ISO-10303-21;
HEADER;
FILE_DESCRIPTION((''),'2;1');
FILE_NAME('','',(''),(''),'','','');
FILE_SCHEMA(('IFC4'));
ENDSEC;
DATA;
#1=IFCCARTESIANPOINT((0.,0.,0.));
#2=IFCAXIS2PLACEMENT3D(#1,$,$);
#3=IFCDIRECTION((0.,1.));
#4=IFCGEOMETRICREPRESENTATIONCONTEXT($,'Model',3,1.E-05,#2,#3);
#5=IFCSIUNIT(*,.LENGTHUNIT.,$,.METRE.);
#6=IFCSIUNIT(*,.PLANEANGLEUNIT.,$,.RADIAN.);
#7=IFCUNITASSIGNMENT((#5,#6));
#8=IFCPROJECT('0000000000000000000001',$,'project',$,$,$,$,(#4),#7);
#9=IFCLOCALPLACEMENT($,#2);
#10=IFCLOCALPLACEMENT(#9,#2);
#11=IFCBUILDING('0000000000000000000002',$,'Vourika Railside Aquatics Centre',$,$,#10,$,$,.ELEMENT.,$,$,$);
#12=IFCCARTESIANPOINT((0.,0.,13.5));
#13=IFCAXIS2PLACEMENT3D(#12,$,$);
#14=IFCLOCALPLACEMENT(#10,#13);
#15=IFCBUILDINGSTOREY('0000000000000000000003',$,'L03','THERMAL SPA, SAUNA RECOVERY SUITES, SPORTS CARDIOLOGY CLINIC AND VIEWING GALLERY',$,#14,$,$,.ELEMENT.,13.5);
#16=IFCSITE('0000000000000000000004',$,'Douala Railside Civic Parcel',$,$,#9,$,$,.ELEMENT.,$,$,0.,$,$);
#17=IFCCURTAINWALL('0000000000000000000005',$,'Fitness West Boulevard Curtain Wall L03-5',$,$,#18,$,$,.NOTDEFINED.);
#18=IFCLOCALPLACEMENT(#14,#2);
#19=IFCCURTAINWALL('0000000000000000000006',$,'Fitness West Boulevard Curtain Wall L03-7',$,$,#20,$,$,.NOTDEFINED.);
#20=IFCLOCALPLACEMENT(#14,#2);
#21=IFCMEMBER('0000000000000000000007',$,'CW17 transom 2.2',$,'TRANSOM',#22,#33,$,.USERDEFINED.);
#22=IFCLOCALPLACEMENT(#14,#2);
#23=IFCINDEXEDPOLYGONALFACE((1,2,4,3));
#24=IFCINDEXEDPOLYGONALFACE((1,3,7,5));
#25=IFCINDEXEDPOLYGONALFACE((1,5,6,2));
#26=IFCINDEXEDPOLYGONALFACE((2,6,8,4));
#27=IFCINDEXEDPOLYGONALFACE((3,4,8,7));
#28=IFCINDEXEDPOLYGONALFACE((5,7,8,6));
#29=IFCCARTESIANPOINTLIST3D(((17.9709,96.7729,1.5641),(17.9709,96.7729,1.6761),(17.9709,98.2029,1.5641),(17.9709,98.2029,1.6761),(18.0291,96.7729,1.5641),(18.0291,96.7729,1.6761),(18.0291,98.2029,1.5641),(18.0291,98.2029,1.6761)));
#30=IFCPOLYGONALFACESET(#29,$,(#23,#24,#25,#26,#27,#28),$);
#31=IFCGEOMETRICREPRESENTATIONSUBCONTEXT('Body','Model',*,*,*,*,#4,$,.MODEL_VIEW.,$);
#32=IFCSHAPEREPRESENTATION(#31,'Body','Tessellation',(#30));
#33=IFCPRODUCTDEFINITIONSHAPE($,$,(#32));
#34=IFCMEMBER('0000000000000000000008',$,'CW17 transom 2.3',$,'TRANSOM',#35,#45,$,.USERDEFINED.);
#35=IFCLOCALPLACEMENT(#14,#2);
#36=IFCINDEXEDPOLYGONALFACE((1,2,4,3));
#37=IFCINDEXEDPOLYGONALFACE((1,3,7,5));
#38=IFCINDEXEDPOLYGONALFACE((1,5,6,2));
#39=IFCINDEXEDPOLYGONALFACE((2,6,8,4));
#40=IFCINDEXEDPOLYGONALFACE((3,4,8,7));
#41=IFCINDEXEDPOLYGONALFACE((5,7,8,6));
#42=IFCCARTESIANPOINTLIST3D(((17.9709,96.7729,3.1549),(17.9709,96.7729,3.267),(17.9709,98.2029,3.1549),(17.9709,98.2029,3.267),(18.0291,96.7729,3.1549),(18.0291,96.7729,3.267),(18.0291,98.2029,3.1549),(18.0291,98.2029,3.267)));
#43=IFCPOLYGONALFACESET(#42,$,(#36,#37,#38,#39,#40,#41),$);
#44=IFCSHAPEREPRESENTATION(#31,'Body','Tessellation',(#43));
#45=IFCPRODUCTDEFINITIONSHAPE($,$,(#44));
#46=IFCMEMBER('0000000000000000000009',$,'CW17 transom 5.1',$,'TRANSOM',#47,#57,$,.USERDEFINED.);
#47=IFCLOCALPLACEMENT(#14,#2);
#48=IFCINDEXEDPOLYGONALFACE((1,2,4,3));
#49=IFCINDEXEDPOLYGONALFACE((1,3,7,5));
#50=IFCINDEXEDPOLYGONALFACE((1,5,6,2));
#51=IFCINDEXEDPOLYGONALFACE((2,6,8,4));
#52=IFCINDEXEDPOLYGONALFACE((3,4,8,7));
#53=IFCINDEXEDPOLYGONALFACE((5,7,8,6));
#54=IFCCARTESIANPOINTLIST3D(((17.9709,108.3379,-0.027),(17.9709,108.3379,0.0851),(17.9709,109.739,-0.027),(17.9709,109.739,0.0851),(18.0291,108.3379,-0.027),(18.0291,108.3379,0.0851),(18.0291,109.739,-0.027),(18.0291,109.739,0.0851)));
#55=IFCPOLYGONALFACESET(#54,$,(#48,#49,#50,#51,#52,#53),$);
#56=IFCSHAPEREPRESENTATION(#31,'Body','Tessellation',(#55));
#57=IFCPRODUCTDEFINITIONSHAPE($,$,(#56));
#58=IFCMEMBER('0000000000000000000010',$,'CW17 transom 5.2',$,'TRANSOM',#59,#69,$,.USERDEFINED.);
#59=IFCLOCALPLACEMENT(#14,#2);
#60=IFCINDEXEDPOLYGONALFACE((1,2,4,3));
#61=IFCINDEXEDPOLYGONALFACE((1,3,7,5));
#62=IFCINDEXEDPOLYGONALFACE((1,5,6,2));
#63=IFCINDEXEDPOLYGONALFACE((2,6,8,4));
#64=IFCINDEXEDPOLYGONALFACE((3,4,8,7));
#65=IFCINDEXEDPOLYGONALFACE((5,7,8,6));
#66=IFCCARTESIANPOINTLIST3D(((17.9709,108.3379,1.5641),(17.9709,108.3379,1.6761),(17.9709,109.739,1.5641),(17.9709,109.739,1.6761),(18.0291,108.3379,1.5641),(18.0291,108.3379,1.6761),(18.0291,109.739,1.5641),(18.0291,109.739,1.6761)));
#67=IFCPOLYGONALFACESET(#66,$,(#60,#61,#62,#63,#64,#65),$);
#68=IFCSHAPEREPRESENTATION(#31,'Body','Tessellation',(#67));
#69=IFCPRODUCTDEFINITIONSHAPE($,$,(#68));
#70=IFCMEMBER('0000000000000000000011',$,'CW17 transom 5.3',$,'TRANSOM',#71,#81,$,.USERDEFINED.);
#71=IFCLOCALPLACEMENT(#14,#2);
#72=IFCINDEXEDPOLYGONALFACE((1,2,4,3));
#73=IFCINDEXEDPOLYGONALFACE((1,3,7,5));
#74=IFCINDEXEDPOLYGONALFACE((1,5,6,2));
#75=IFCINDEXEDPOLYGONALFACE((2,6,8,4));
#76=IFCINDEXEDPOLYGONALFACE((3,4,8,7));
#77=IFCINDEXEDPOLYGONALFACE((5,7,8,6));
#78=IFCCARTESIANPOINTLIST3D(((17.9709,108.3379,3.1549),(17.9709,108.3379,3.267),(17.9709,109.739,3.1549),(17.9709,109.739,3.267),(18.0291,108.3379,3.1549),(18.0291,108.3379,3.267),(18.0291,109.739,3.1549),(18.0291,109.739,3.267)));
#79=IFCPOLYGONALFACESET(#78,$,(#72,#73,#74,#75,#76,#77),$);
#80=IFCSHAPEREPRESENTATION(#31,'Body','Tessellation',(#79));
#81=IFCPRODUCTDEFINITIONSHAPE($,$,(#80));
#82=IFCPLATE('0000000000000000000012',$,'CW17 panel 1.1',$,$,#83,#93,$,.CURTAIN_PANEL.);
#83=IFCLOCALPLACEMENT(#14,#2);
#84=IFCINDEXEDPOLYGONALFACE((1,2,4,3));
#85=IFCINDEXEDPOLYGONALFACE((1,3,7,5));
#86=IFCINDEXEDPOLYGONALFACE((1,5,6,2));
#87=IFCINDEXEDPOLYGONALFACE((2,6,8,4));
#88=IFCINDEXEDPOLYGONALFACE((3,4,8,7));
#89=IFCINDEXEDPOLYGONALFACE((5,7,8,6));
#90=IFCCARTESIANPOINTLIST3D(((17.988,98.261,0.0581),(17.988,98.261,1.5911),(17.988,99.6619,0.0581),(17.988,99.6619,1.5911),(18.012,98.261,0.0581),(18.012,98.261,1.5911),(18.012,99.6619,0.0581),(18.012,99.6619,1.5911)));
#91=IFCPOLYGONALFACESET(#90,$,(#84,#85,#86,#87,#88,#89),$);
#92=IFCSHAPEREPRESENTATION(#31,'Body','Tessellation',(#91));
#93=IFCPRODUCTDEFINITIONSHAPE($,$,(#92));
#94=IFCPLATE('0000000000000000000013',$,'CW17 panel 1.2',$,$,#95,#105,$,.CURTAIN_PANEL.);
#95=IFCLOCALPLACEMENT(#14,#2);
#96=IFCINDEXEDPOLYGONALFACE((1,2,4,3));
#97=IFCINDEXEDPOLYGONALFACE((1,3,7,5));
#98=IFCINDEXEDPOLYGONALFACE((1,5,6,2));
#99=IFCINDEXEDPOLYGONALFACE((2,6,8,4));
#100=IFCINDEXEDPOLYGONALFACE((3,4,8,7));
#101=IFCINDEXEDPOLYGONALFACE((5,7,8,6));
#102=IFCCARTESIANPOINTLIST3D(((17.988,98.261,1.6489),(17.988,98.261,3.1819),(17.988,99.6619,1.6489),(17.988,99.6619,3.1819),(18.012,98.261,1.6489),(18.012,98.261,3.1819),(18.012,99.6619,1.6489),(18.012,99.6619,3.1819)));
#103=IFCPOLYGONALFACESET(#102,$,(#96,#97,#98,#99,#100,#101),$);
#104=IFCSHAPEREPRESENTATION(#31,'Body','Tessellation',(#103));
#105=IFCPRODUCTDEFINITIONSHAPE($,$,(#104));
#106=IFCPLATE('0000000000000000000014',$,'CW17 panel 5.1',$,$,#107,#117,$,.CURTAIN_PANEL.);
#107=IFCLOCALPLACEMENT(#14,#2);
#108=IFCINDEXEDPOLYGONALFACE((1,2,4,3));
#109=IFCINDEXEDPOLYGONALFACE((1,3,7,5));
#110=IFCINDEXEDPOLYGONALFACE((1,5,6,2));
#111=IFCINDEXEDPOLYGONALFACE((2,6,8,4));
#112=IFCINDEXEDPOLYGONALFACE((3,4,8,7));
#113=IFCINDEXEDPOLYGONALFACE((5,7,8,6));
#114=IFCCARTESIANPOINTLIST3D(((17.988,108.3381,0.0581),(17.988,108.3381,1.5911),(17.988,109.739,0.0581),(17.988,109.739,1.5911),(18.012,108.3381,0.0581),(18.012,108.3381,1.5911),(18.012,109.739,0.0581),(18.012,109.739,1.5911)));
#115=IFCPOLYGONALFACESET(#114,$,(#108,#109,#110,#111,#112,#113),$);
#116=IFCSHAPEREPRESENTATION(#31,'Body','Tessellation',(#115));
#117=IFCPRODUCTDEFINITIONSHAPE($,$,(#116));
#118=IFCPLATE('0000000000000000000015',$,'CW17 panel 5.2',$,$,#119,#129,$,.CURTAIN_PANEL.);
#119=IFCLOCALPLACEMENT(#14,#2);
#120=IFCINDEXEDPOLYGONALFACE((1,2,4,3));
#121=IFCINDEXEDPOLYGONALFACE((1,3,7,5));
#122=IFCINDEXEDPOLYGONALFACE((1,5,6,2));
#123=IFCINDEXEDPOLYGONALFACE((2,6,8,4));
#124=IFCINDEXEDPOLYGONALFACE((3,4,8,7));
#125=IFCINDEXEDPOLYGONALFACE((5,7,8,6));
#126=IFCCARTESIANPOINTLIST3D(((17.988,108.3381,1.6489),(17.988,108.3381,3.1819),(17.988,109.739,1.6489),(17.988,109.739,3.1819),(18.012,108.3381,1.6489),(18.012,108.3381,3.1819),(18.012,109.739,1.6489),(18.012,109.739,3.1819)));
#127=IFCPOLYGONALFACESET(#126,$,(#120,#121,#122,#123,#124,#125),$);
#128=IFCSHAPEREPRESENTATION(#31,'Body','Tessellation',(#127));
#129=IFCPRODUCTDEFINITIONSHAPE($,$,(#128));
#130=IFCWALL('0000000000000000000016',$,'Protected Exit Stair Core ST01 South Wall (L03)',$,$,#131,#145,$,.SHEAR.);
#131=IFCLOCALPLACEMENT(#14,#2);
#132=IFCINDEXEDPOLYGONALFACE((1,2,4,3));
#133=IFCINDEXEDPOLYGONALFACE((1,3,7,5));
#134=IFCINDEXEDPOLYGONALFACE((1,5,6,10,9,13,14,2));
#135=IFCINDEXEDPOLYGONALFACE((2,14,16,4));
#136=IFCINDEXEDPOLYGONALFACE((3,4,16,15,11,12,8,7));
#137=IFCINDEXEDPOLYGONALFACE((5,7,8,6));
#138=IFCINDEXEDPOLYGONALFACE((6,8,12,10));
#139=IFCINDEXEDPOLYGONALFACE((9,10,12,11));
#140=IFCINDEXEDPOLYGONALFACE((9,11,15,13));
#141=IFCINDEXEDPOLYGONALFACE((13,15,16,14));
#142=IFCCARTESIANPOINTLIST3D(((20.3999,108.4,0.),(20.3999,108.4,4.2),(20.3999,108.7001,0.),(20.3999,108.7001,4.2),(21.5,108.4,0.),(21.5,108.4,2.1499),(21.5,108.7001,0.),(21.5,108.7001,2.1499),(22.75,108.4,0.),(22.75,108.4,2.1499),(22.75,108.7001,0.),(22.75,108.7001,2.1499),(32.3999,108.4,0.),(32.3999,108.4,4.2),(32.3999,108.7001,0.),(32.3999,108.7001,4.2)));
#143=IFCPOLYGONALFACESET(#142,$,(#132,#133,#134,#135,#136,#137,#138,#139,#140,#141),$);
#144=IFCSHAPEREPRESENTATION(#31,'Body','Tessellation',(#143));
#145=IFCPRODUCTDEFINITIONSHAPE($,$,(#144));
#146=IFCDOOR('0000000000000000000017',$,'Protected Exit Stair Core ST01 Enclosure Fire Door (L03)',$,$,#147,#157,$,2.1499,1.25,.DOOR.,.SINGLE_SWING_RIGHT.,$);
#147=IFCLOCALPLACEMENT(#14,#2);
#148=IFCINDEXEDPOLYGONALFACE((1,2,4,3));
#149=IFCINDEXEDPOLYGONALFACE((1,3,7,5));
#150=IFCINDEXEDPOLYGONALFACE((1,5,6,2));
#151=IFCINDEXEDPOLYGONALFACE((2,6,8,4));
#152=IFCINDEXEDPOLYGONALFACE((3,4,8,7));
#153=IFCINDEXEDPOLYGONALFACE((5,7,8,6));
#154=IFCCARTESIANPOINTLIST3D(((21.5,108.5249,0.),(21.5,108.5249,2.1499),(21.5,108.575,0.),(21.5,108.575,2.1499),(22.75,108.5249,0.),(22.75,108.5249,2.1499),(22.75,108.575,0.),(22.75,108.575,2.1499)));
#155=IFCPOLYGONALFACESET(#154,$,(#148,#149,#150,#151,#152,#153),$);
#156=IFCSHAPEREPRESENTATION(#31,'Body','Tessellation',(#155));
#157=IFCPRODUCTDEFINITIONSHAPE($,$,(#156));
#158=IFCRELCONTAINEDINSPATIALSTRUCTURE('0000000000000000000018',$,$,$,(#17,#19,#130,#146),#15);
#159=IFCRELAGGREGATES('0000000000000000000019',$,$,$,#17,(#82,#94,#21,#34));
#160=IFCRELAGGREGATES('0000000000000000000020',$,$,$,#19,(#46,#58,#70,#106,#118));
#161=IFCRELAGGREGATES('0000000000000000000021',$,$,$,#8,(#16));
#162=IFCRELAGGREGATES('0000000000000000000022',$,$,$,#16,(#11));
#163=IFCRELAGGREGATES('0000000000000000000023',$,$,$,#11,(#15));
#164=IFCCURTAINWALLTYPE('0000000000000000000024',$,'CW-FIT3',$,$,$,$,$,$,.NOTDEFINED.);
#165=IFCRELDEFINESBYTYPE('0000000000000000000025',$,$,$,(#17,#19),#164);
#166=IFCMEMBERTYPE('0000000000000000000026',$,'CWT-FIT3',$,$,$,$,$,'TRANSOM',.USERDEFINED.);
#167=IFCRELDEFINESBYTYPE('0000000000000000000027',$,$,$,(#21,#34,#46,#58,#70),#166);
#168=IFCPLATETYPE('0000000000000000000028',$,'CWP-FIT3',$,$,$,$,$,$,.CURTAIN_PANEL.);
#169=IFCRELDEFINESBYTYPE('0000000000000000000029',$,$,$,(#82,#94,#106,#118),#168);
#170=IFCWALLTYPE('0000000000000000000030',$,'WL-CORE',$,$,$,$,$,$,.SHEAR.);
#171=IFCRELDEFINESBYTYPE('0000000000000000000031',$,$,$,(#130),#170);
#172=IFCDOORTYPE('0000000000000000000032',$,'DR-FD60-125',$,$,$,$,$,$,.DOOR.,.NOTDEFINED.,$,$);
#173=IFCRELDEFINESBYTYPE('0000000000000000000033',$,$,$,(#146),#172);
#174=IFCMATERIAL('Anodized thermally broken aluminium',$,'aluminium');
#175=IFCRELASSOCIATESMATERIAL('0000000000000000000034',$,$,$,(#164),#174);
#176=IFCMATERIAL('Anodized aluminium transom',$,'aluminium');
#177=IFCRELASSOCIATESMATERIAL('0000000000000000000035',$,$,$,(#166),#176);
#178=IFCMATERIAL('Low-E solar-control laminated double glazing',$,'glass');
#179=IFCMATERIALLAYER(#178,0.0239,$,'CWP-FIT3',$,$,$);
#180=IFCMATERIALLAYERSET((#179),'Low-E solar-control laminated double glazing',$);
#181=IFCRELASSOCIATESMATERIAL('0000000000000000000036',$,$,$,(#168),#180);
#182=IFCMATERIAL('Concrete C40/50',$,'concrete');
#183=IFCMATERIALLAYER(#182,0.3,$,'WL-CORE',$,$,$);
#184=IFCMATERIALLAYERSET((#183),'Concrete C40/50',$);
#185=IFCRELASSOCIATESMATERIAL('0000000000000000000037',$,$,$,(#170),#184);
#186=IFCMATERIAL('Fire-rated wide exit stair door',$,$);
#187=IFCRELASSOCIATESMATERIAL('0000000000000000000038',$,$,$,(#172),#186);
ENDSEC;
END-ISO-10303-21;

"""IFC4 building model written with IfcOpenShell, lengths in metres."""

from ifc_helpers import new_model, si_unit, direction, frame, frame_2d, origin, origin_2d, place, context, subcontext, project, spatial, rectangle, extrude, material, layer, layer_set, material_profile, profile_set, type_object, element, fill, aggregate, save


model = new_model("IFC4")

# Units and contexts
model_context = context("Model", 3, precision=1e-05, world=origin(), true_north=direction((0.0, 1.0)))
body_context = subcontext(model_context, "Body", "Model", "MODEL_VIEW")
ifc_project = project(units=[si_unit("LENGTHUNIT", "METRE"), si_unit("PLANEANGLEUNIT", "RADIAN")], contexts=[model_context])

# Site, building, storey
site_placement = place(None, origin())
site = spatial("IfcSite", under=ifc_project, at=site_placement, Name="Douala Railside Civic Parcel", CompositionType="ELEMENT", RefElevation=0.0)
building_placement = place(site_placement, origin())
building = spatial("IfcBuilding", under=site, at=building_placement, Name="Vourika Railside Aquatics Centre", CompositionType="ELEMENT")
storey_placement = place(building_placement, frame((0.0, 0.0, 13.5)))
storey = spatial("IfcBuildingStorey", under=building, at=storey_placement, Name="L03", Description="THERMAL SPA, SAUNA RECOVERY SUITES, SPORTS CARDIOLOGY CLINIC AND VIEWING GALLERY", CompositionType="ELEMENT", Elevation=13.5)

# Curtain walls
ifc_material_1 = material(Name="Anodized thermally broken aluminium", Category="aluminium")
curtain_wall_type = type_object("IfcCurtainWallType", Name="CW-FIT3", PredefinedType="NOTDEFINED", material=ifc_material_1)
curtain_wall_1_placement = place(storey_placement, origin())
curtain_wall_1 = element("IfcCurtainWall", 1, at=curtain_wall_1_placement, inside=storey, type_object=curtain_wall_type, Name="Fitness West Boulevard Curtain Wall L03-5", PredefinedType="NOTDEFINED")
curtain_wall_2_placement = place(storey_placement, origin())
curtain_wall_2 = element("IfcCurtainWall", 2, at=curtain_wall_2_placement, inside=storey, type_object=curtain_wall_type, Name="Fitness West Boulevard Curtain Wall L03-7", PredefinedType="NOTDEFINED")

# Members
ifc_material_2 = material(Name="Anodized aluminium transom", Category="aluminium")
ifc_material_profile_1 = material_profile(ifc_material_2, rectangle(XDim=0.0581, YDim=0.1121, at=origin_2d()), Name="ALU-T 58x112")
ifc_profile_set_1 = profile_set([ifc_material_profile_1], Name="Anodized aluminium transom")
member_type_1 = type_object("IfcMemberType", Name="CWT-FIT3", ElementType="TRANSOM", PredefinedType="USERDEFINED", material=ifc_profile_set_1)
member_1_placement = place(storey_placement, frame((18.0, 98.2029, 1.6201), z_axis=(0.0, -1.0, 0.0), x_axis=(1.0, 0.0, 0.0)))
member_1 = element("IfcMember", 3, at=member_1_placement, type_object=member_type_1, Name="CW17 transom 2.2", ObjectType="TRANSOM", PredefinedType="USERDEFINED", context=body_context, shape_type="SweptSolid", body=[
    extrude(rectangle(XDim=0.0581, YDim=0.1121, at=origin_2d()), origin(), (0.0, 0.0, 1.0), 1.4299),
])
member_2_placement = place(storey_placement, frame((18.0, 98.2029, 3.2109), z_axis=(0.0, -1.0, 0.0), x_axis=(1.0, 0.0, 0.0)))
member_2 = element("IfcMember", 4, at=member_2_placement, type_object=member_type_1, Name="CW17 transom 2.3", ObjectType="TRANSOM", PredefinedType="USERDEFINED", context=body_context, shape_type="SweptSolid", body=[
    extrude(rectangle(XDim=0.0581, YDim=0.1121, at=origin_2d()), origin(), (0.0, 0.0, 1.0), 1.4299),
])
member_3_placement = place(storey_placement, frame((18.0, 109.739, 0.0291), z_axis=(0.0, -1.0, 0.0), x_axis=(1.0, 0.0, 0.0)))
member_3 = element("IfcMember", 5, at=member_3_placement, type_object=member_type_1, Name="CW17 transom 5.1", ObjectType="TRANSOM", PredefinedType="USERDEFINED", context=body_context, shape_type="SweptSolid", body=[
    extrude(rectangle(XDim=0.0581, YDim=0.1121, at=origin_2d()), origin(), (0.0, 0.0, 1.0), 1.4011),
])
member_4_placement = place(storey_placement, frame((18.0, 109.739, 1.6201), z_axis=(0.0, -1.0, 0.0), x_axis=(1.0, 0.0, 0.0)))
member_4 = element("IfcMember", 6, at=member_4_placement, type_object=member_type_1, Name="CW17 transom 5.2", ObjectType="TRANSOM", PredefinedType="USERDEFINED", context=body_context, shape_type="SweptSolid", body=[
    extrude(rectangle(XDim=0.0581, YDim=0.1121, at=origin_2d()), origin(), (0.0, 0.0, 1.0), 1.4011),
])
member_5_placement = place(storey_placement, frame((18.0, 109.739, 3.2109), z_axis=(0.0, -1.0, 0.0), x_axis=(1.0, 0.0, 0.0)))
member_5 = element("IfcMember", 7, at=member_5_placement, type_object=member_type_1, Name="CW17 transom 5.3", ObjectType="TRANSOM", PredefinedType="USERDEFINED", context=body_context, shape_type="SweptSolid", body=[
    extrude(rectangle(XDim=0.0581, YDim=0.1121, at=origin_2d()), origin(), (0.0, 0.0, 1.0), 1.4011),
])

# Plates
ifc_material_3 = material(Name="Low-E solar-control laminated double glazing", Category="glass")
ifc_layer_1 = layer(ifc_material_3, 0.0239, Name="CWP-FIT3")
ifc_layer_set_1 = layer_set([ifc_layer_1], Name="Low-E solar-control laminated double glazing")
plate_type = type_object("IfcPlateType", Name="CWP-FIT3", PredefinedType="CURTAIN_PANEL", material=ifc_layer_set_1)
plate_1_placement = place(storey_placement, frame((18.0, 98.9614, 0.0581), z_axis=(0.0, 0.0, 1.0), x_axis=(0.0, -1.0, 0.0)))
plate_1 = element("IfcPlate", 8, at=plate_1_placement, type_object=plate_type, Name="CW17 panel 1.1", PredefinedType="CURTAIN_PANEL", context=body_context, shape_type="SweptSolid", body=[
    extrude(rectangle(XDim=1.4009, YDim=0.0239, at=origin_2d()), origin(), (0.0, 0.0, 1.0), 1.533),
])
plate_2_placement = place(storey_placement, frame((18.0, 98.9614, 1.6489), z_axis=(0.0, 0.0, 1.0), x_axis=(0.0, -1.0, 0.0)))
plate_2 = element("IfcPlate", 9, at=plate_2_placement, type_object=plate_type, Name="CW17 panel 1.2", PredefinedType="CURTAIN_PANEL", context=body_context, shape_type="SweptSolid", body=[
    extrude(rectangle(XDim=1.4009, YDim=0.0239, at=origin_2d()), origin(), (0.0, 0.0, 1.0), 1.533),
])
aggregate(curtain_wall_1, [plate_1, plate_2, member_1, member_2])
plate_3_placement = place(storey_placement, frame((18.0, 109.0386, 0.0581), z_axis=(0.0, 0.0, 1.0), x_axis=(0.0, -1.0, 0.0)))
plate_3 = element("IfcPlate", 10, at=plate_3_placement, type_object=plate_type, Name="CW17 panel 5.1", PredefinedType="CURTAIN_PANEL", context=body_context, shape_type="SweptSolid", body=[
    extrude(rectangle(XDim=1.4009, YDim=0.0239, at=origin_2d()), origin(), (0.0, 0.0, 1.0), 1.533),
])
plate_4_placement = place(storey_placement, frame((18.0, 109.0386, 1.6489), z_axis=(0.0, 0.0, 1.0), x_axis=(0.0, -1.0, 0.0)))
plate_4 = element("IfcPlate", 11, at=plate_4_placement, type_object=plate_type, Name="CW17 panel 5.2", PredefinedType="CURTAIN_PANEL", context=body_context, shape_type="SweptSolid", body=[
    extrude(rectangle(XDim=1.4009, YDim=0.0239, at=origin_2d()), origin(), (0.0, 0.0, 1.0), 1.533),
])
aggregate(curtain_wall_2, [member_3, member_4, member_5, plate_3, plate_4])

# Wall, opening, door
ifc_material_4 = material(Name="Concrete C40/50", Category="concrete")
ifc_layer_2 = layer(ifc_material_4, 0.3, Name="WL-CORE")
ifc_layer_set_2 = layer_set([ifc_layer_2], Name="Concrete C40/50")
wall_type_1 = type_object("IfcWallType", Name="WL-CORE", PredefinedType="SHEAR", material=ifc_layer_set_2)
wall_1_placement = place(storey_placement, frame((20.3999, 108.55, 0.0), z_axis=(0.0, 0.0, 1.0), x_axis=(1.0, 0.0, 0.0)))
wall_1 = element("IfcWall", 12, at=wall_1_placement, inside=storey, type_object=wall_type_1, Name="Protected Exit Stair Core ST01 South Wall (L03)", PredefinedType="SHEAR", context=body_context, shape_type="SweptSolid", body=[
    extrude(rectangle(XDim=12.0, YDim=0.3, at=frame_2d((6.0, 0.0))), origin(), (0.0, 0.0, 1.0), 4.2),
])
opening_1_placement = place(wall_1_placement, frame((1.1001, 0.0, 0.0)))
opening_1 = element("IfcOpeningElement", 13, at=opening_1_placement, cuts=wall_1, PredefinedType="OPENING", context=body_context, shape_type="SweptSolid", body=[
    extrude(rectangle(XDim=1.25, YDim=2.1499, at=frame_2d((0.625, 1.075))), frame((0.0, 0.1602, 0.0), z_axis=(0.0, -1.0, 0.0), x_axis=(1.0, 0.0, 0.0)), (0.0, 0.0, 1.0), 0.3201),
])
ifc_material_5 = material(Name="Fire-rated wide exit stair door")
door_type = type_object("IfcDoorType", Name="DR-FD60-125", OperationType="NOTDEFINED", PredefinedType="DOOR", material=ifc_material_5)
door_placement = place(opening_1_placement, origin())
door = element("IfcDoor", 14, at=door_placement, inside=storey, type_object=door_type, Name="Protected Exit Stair Core ST01 Enclosure Fire Door (L03)", OperationType="SINGLE_SWING_RIGHT", OverallHeight=2.1499, OverallWidth=1.25, PredefinedType="DOOR", context=body_context, shape_type="SweptSolid", body=[
    extrude(rectangle(XDim=1.25, YDim=2.1499, at=frame_2d((0.625, 1.075))), frame((0.0, 0.0249, 0.0), z_axis=(0.0, -1.0, 0.0), x_axis=(1.0, 0.0, 0.0)), (0.0, 0.0, 1.0), 0.05),
])
fill(opening_1, door)

save(model, "model.ifc")
